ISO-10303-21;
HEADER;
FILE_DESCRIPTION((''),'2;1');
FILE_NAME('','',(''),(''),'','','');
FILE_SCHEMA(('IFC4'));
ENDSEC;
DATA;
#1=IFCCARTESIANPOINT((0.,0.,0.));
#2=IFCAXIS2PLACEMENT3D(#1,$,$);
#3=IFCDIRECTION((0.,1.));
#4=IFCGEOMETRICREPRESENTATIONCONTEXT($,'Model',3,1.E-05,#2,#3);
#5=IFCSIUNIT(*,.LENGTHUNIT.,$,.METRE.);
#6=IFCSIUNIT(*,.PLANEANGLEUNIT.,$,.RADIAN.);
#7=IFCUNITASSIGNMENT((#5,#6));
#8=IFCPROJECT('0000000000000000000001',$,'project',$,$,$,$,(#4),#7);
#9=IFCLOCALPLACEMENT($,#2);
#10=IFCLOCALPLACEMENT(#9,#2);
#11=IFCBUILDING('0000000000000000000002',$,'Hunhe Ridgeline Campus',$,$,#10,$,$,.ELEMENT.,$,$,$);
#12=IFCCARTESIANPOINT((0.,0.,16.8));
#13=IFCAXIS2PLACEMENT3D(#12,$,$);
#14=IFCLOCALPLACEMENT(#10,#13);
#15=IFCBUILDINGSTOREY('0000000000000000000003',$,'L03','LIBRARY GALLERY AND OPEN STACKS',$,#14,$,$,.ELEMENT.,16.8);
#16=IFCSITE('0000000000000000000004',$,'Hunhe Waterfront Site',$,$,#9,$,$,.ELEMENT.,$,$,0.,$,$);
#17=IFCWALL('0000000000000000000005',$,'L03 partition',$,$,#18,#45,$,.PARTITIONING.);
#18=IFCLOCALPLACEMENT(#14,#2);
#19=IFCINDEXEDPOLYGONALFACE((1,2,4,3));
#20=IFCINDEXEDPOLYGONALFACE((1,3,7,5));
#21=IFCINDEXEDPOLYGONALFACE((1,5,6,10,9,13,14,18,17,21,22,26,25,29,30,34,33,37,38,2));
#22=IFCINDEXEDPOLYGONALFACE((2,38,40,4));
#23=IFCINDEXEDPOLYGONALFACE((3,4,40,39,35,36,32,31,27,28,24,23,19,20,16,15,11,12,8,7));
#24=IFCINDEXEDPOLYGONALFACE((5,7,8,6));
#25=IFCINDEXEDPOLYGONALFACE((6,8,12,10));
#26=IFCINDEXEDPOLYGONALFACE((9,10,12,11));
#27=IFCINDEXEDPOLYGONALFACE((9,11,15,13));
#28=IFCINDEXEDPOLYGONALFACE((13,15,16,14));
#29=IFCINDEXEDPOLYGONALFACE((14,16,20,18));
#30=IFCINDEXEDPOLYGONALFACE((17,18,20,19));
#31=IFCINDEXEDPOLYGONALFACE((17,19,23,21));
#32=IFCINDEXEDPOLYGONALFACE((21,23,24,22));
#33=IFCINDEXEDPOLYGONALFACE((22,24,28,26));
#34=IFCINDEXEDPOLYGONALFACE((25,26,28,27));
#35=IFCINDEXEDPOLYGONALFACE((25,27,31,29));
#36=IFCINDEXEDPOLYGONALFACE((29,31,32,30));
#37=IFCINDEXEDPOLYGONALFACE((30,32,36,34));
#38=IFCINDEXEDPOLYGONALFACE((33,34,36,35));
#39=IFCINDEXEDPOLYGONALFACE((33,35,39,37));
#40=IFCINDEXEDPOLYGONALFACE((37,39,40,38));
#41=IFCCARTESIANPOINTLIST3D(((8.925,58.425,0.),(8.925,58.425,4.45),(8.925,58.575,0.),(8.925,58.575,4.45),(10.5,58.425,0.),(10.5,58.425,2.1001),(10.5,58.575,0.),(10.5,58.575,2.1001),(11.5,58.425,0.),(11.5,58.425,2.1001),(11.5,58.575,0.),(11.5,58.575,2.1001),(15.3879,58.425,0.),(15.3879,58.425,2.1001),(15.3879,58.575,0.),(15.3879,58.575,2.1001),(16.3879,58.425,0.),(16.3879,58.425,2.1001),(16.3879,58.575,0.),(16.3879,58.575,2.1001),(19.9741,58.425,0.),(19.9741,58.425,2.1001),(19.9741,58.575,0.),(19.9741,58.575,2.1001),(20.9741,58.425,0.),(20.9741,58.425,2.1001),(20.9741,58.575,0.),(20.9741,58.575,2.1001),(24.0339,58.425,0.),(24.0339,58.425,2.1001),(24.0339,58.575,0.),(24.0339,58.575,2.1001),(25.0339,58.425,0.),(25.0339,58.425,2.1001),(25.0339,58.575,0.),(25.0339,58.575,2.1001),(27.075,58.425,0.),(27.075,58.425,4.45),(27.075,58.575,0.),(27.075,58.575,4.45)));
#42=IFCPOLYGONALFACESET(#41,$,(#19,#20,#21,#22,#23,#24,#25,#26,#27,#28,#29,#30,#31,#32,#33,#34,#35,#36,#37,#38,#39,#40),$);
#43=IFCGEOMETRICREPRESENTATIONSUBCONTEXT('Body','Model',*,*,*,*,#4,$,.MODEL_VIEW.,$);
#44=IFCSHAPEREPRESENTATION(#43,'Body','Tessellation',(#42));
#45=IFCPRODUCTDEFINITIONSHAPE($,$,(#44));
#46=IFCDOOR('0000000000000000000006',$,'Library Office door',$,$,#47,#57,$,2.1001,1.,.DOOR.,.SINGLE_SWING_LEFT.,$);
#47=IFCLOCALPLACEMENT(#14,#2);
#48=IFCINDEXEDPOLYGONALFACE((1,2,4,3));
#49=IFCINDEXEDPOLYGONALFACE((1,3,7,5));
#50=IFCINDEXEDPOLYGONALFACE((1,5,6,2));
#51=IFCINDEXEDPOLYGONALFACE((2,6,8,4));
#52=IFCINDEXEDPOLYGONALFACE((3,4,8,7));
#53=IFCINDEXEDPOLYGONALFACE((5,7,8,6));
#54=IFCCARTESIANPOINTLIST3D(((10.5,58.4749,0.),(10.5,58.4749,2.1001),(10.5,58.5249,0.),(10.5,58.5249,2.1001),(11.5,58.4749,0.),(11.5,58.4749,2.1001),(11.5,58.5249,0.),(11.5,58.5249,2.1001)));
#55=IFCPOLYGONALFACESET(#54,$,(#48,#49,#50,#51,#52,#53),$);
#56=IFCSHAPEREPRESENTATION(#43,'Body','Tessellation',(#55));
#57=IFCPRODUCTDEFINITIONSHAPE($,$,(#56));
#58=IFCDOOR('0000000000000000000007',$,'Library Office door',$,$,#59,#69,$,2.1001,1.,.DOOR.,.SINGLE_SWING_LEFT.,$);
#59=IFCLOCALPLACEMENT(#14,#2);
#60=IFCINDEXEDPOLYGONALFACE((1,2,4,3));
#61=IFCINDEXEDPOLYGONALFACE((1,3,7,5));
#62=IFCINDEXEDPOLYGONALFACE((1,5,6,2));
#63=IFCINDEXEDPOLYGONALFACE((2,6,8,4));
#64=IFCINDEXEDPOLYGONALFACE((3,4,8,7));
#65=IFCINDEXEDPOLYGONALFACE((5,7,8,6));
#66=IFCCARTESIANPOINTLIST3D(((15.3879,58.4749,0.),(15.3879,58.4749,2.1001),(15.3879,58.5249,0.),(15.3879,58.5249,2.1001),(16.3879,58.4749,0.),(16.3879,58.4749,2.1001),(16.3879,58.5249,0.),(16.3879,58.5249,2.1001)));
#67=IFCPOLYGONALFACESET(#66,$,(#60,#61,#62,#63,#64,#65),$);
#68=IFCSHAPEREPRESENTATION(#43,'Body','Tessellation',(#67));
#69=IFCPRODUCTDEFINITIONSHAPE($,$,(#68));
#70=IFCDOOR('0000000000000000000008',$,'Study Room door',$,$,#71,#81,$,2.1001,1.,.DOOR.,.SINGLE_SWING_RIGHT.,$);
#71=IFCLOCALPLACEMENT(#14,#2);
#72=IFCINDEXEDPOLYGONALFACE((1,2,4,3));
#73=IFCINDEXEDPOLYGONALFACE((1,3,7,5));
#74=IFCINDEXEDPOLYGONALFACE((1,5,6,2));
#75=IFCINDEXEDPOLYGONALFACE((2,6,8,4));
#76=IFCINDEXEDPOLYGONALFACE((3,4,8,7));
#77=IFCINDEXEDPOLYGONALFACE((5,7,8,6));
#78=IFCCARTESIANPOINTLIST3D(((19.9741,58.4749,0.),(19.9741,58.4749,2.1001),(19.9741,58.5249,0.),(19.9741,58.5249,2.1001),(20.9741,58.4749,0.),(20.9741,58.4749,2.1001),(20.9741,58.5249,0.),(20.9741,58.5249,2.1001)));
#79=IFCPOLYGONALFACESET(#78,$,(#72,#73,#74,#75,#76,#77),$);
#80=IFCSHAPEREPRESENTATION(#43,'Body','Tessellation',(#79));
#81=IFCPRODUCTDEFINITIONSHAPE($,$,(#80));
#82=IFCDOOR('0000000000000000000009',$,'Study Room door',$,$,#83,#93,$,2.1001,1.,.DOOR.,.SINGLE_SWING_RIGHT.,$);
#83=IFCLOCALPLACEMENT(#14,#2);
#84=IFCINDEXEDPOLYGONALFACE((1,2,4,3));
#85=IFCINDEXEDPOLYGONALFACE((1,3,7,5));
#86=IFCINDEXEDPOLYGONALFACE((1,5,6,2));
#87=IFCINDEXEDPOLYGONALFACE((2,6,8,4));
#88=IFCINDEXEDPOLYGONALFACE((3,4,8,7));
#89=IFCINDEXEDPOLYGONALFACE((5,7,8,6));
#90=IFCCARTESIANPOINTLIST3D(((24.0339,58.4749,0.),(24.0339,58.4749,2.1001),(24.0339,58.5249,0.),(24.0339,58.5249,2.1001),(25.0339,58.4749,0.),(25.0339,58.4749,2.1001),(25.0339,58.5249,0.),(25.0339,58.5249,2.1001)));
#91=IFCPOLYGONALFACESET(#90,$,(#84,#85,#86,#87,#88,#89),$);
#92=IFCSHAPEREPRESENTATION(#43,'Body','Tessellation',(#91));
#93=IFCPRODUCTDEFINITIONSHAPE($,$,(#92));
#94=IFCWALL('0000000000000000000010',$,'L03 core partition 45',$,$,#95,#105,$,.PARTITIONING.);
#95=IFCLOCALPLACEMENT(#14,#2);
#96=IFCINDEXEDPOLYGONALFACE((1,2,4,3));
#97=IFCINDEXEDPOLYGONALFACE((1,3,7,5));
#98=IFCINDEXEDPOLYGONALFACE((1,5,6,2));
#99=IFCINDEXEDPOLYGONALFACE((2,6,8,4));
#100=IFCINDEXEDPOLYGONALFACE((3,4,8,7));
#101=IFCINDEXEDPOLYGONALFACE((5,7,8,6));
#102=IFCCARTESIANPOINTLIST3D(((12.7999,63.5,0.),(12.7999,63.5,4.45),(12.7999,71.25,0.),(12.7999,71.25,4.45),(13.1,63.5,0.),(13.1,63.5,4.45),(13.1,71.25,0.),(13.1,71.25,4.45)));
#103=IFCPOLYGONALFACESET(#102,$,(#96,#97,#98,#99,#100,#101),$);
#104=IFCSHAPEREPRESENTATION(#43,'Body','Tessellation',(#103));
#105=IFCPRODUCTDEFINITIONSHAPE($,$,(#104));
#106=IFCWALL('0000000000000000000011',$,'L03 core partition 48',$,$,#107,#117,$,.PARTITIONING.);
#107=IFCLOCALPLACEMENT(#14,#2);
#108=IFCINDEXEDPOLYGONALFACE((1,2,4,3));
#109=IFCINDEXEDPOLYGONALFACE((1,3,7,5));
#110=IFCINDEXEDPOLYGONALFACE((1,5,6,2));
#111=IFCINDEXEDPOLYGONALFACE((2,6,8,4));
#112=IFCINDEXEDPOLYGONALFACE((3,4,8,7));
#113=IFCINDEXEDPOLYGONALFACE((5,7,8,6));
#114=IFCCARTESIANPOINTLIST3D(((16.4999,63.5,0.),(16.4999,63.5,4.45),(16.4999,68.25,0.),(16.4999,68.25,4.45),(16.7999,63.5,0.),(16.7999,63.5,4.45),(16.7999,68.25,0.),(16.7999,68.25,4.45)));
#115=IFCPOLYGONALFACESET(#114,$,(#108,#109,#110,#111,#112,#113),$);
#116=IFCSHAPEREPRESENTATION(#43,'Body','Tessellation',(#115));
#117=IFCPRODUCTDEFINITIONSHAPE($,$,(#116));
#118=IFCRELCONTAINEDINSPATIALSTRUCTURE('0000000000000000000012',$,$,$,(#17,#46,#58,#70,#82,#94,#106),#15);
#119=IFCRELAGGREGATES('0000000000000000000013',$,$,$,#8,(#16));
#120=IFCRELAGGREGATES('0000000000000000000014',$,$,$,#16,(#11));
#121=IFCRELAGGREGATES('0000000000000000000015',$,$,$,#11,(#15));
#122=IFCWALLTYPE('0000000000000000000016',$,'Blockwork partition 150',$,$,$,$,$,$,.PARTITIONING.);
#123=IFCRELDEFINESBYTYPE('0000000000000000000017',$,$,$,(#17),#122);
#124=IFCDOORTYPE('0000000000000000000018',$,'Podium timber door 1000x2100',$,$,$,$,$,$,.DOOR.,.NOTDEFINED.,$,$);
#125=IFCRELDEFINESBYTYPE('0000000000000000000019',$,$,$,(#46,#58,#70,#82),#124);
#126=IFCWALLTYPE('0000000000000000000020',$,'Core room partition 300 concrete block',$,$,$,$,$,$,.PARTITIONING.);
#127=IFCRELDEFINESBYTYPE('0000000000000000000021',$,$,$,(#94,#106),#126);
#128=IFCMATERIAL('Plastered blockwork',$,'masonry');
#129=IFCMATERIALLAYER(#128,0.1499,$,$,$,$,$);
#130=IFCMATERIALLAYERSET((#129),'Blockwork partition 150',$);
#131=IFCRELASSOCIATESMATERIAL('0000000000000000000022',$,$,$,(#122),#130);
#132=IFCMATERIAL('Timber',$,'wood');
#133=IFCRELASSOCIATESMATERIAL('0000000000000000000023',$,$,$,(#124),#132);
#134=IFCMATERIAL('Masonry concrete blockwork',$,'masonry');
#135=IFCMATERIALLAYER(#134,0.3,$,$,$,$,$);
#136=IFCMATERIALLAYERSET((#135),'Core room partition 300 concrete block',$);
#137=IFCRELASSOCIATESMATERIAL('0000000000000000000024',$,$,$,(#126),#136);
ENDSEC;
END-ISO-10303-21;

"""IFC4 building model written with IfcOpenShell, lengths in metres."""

from ifc_helpers import new_model, si_unit, direction, frame, frame_2d, origin, place, context, subcontext, project, spatial, rectangle, extrude, material, layer, layer_set, type_object, element, fill, save


model = new_model("IFC4")

# Units and contexts
model_context = context("Model", 3, precision=1e-05, world=origin(), true_north=direction((0.0, 1.0)))
body_context = subcontext(model_context, "Body", "Model", "MODEL_VIEW")
ifc_project = project(units=[si_unit("LENGTHUNIT", "METRE"), si_unit("PLANEANGLEUNIT", "RADIAN")], contexts=[model_context])

# Site, building, storey
site_placement = place(None, origin())
site = spatial("IfcSite", under=ifc_project, at=site_placement, Name="Hunhe Waterfront Site", CompositionType="ELEMENT", RefElevation=0.0)
building_placement = place(site_placement, origin())
building = spatial("IfcBuilding", under=site, at=building_placement, Name="Hunhe Ridgeline Campus", CompositionType="ELEMENT")
storey_placement = place(building_placement, frame((0.0, 0.0, 16.8)))
storey = spatial("IfcBuildingStorey", under=building, at=storey_placement, Name="L03", Description="LIBRARY GALLERY AND OPEN STACKS", CompositionType="ELEMENT", Elevation=16.8)

# Wall, openings, doors
ifc_material_1 = material(Name="Plastered blockwork", Category="masonry")
ifc_layer_1 = layer(ifc_material_1, 0.1499)
ifc_layer_set_1 = layer_set([ifc_layer_1], Name="Blockwork partition 150")
wall_type_1 = type_object("IfcWallType", Name="Blockwork partition 150", PredefinedType="PARTITIONING", material=ifc_layer_set_1)
wall_1_placement = place(storey_placement, frame((8.925, 58.5, 0.0), z_axis=(0.0, 0.0, 1.0), x_axis=(1.0, 0.0, 0.0)))
wall_1 = element("IfcWall", 1, at=wall_1_placement, inside=storey, type_object=wall_type_1, Name="L03 partition", PredefinedType="PARTITIONING", context=body_context, shape_type="SweptSolid", body=[
    extrude(rectangle(XDim=18.1499, YDim=0.1499, at=frame_2d((9.075, 0.0))), origin(), (0.0, 0.0, 1.0), 4.45),
])
opening_1_placement = place(wall_1_placement, frame((1.575, 0.0, 0.0)))
opening_1 = element("IfcOpeningElement", 2, at=opening_1_placement, cuts=wall_1, PredefinedType="OPENING", context=body_context, shape_type="SweptSolid", body=[
    extrude(rectangle(XDim=1.0, YDim=2.1001, at=frame_2d((0.5, 1.05))), frame((0.0, 0.075, 0.0), z_axis=(0.0, -1.0, 0.0), x_axis=(1.0, 0.0, 0.0)), (0.0, 0.0, 1.0), 0.1499),
])
opening_2_placement = place(wall_1_placement, frame((6.4629, 0.0, 0.0)))
opening_2 = element("IfcOpeningElement", 3, at=opening_2_placement, cuts=wall_1, PredefinedType="OPENING", context=body_context, shape_type="SweptSolid", body=[
    extrude(rectangle(XDim=1.0, YDim=2.1001, at=frame_2d((0.5, 1.05))), frame((0.0, 0.075, 0.0), z_axis=(0.0, -1.0, 0.0), x_axis=(1.0, 0.0, 0.0)), (0.0, 0.0, 1.0), 0.1499),
])
opening_3_placement = place(wall_1_placement, frame((11.0491, 0.0, 0.0)))
opening_3 = element("IfcOpeningElement", 4, at=opening_3_placement, cuts=wall_1, PredefinedType="OPENING", context=body_context, shape_type="SweptSolid", body=[
    extrude(rectangle(XDim=1.0, YDim=2.1001, at=frame_2d((0.5, 1.05))), frame((0.0, 0.075, 0.0), z_axis=(0.0, -1.0, 0.0), x_axis=(1.0, 0.0, 0.0)), (0.0, 0.0, 1.0), 0.1499),
])
opening_4_placement = place(wall_1_placement, frame((15.1089, 0.0, 0.0)))
opening_4 = element("IfcOpeningElement", 5, at=opening_4_placement, cuts=wall_1, PredefinedType="OPENING", context=body_context, shape_type="SweptSolid", body=[
    extrude(rectangle(XDim=1.0, YDim=2.1001, at=frame_2d((0.5, 1.05))), frame((0.0, 0.075, 0.0), z_axis=(0.0, -1.0, 0.0), x_axis=(1.0, 0.0, 0.0)), (0.0, 0.0, 1.0), 0.1499),
])
ifc_material_2 = material(Name="Timber", Category="wood")
door_type_1 = type_object("IfcDoorType", Name="Podium timber door 1000x2100", OperationType="NOTDEFINED", PredefinedType="DOOR", material=ifc_material_2)
door_1_placement = place(opening_1_placement, origin())
door_1 = element("IfcDoor", 6, at=door_1_placement, inside=storey, type_object=door_type_1, Name="Library Office door", OperationType="SINGLE_SWING_LEFT", OverallHeight=2.1001, OverallWidth=1.0, PredefinedType="DOOR", context=body_context, shape_type="SweptSolid", body=[
    extrude(rectangle(XDim=1.0, YDim=2.1001, at=frame_2d((0.5, 1.05))), frame((0.0, 0.0249, 0.0), z_axis=(0.0, -1.0, 0.0), x_axis=(1.0, 0.0, 0.0)), (0.0, 0.0, 1.0), 0.05),
])
fill(opening_1, door_1)
door_2_placement = place(opening_2_placement, origin())
door_2 = element("IfcDoor", 7, at=door_2_placement, inside=storey, type_object=door_type_1, Name="Library Office door", OperationType="SINGLE_SWING_LEFT", OverallHeight=2.1001, OverallWidth=1.0, PredefinedType="DOOR", context=body_context, shape_type="SweptSolid", body=[
    extrude(rectangle(XDim=1.0, YDim=2.1001, at=frame_2d((0.5, 1.05))), frame((0.0, 0.0249, 0.0), z_axis=(0.0, -1.0, 0.0), x_axis=(1.0, 0.0, 0.0)), (0.0, 0.0, 1.0), 0.05),
])
fill(opening_2, door_2)
door_3_placement = place(opening_3_placement, origin())
door_3 = element("IfcDoor", 8, at=door_3_placement, inside=storey, type_object=door_type_1, Name="Study Room door", OperationType="SINGLE_SWING_RIGHT", OverallHeight=2.1001, OverallWidth=1.0, PredefinedType="DOOR", context=body_context, shape_type="SweptSolid", body=[
    extrude(rectangle(XDim=1.0, YDim=2.1001, at=frame_2d((0.5, 1.05))), frame((0.0, 0.0249, 0.0), z_axis=(0.0, -1.0, 0.0), x_axis=(1.0, 0.0, 0.0)), (0.0, 0.0, 1.0), 0.05),
])
fill(opening_3, door_3)
door_4_placement = place(opening_4_placement, origin())
door_4 = element("IfcDoor", 9, at=door_4_placement, inside=storey, type_object=door_type_1, Name="Study Room door", OperationType="SINGLE_SWING_RIGHT", OverallHeight=2.1001, OverallWidth=1.0, PredefinedType="DOOR", context=body_context, shape_type="SweptSolid", body=[
    extrude(rectangle(XDim=1.0, YDim=2.1001, at=frame_2d((0.5, 1.05))), frame((0.0, 0.0249, 0.0), z_axis=(0.0, -1.0, 0.0), x_axis=(1.0, 0.0, 0.0)), (0.0, 0.0, 1.0), 0.05),
])
fill(opening_4, door_4)

# Walls
ifc_material_3 = material(Name="Masonry concrete blockwork", Category="masonry")
ifc_layer_2 = layer(ifc_material_3, 0.3)
ifc_layer_set_2 = layer_set([ifc_layer_2], Name="Core room partition 300 concrete block")
wall_type_2 = type_object("IfcWallType", Name="Core room partition 300 concrete block", PredefinedType="PARTITIONING", material=ifc_layer_set_2)
wall_2_placement = place(storey_placement, frame((12.95, 63.5, 0.0), z_axis=(0.0, 0.0, 1.0), x_axis=(0.0, 1.0, 0.0)))
element("IfcWall", 10, at=wall_2_placement, inside=storey, type_object=wall_type_2, Name="L03 core partition 45", PredefinedType="PARTITIONING", context=body_context, shape_type="SweptSolid", body=[
    extrude(rectangle(XDim=7.75, YDim=0.3, at=frame_2d((3.875, 0.0))), origin(), (0.0, 0.0, 1.0), 4.45),
])
wall_3_placement = place(storey_placement, frame((16.6499, 63.5, 0.0), z_axis=(0.0, 0.0, 1.0), x_axis=(0.0, 1.0, 0.0)))
element("IfcWall", 11, at=wall_3_placement, inside=storey, type_object=wall_type_2, Name="L03 core partition 48", PredefinedType="PARTITIONING", context=body_context, shape_type="SweptSolid", body=[
    extrude(rectangle(XDim=4.75, YDim=0.3, at=frame_2d((2.375, 0.0))), origin(), (0.0, 0.0, 1.0), 4.45),
])

save(model, "model.ifc")
